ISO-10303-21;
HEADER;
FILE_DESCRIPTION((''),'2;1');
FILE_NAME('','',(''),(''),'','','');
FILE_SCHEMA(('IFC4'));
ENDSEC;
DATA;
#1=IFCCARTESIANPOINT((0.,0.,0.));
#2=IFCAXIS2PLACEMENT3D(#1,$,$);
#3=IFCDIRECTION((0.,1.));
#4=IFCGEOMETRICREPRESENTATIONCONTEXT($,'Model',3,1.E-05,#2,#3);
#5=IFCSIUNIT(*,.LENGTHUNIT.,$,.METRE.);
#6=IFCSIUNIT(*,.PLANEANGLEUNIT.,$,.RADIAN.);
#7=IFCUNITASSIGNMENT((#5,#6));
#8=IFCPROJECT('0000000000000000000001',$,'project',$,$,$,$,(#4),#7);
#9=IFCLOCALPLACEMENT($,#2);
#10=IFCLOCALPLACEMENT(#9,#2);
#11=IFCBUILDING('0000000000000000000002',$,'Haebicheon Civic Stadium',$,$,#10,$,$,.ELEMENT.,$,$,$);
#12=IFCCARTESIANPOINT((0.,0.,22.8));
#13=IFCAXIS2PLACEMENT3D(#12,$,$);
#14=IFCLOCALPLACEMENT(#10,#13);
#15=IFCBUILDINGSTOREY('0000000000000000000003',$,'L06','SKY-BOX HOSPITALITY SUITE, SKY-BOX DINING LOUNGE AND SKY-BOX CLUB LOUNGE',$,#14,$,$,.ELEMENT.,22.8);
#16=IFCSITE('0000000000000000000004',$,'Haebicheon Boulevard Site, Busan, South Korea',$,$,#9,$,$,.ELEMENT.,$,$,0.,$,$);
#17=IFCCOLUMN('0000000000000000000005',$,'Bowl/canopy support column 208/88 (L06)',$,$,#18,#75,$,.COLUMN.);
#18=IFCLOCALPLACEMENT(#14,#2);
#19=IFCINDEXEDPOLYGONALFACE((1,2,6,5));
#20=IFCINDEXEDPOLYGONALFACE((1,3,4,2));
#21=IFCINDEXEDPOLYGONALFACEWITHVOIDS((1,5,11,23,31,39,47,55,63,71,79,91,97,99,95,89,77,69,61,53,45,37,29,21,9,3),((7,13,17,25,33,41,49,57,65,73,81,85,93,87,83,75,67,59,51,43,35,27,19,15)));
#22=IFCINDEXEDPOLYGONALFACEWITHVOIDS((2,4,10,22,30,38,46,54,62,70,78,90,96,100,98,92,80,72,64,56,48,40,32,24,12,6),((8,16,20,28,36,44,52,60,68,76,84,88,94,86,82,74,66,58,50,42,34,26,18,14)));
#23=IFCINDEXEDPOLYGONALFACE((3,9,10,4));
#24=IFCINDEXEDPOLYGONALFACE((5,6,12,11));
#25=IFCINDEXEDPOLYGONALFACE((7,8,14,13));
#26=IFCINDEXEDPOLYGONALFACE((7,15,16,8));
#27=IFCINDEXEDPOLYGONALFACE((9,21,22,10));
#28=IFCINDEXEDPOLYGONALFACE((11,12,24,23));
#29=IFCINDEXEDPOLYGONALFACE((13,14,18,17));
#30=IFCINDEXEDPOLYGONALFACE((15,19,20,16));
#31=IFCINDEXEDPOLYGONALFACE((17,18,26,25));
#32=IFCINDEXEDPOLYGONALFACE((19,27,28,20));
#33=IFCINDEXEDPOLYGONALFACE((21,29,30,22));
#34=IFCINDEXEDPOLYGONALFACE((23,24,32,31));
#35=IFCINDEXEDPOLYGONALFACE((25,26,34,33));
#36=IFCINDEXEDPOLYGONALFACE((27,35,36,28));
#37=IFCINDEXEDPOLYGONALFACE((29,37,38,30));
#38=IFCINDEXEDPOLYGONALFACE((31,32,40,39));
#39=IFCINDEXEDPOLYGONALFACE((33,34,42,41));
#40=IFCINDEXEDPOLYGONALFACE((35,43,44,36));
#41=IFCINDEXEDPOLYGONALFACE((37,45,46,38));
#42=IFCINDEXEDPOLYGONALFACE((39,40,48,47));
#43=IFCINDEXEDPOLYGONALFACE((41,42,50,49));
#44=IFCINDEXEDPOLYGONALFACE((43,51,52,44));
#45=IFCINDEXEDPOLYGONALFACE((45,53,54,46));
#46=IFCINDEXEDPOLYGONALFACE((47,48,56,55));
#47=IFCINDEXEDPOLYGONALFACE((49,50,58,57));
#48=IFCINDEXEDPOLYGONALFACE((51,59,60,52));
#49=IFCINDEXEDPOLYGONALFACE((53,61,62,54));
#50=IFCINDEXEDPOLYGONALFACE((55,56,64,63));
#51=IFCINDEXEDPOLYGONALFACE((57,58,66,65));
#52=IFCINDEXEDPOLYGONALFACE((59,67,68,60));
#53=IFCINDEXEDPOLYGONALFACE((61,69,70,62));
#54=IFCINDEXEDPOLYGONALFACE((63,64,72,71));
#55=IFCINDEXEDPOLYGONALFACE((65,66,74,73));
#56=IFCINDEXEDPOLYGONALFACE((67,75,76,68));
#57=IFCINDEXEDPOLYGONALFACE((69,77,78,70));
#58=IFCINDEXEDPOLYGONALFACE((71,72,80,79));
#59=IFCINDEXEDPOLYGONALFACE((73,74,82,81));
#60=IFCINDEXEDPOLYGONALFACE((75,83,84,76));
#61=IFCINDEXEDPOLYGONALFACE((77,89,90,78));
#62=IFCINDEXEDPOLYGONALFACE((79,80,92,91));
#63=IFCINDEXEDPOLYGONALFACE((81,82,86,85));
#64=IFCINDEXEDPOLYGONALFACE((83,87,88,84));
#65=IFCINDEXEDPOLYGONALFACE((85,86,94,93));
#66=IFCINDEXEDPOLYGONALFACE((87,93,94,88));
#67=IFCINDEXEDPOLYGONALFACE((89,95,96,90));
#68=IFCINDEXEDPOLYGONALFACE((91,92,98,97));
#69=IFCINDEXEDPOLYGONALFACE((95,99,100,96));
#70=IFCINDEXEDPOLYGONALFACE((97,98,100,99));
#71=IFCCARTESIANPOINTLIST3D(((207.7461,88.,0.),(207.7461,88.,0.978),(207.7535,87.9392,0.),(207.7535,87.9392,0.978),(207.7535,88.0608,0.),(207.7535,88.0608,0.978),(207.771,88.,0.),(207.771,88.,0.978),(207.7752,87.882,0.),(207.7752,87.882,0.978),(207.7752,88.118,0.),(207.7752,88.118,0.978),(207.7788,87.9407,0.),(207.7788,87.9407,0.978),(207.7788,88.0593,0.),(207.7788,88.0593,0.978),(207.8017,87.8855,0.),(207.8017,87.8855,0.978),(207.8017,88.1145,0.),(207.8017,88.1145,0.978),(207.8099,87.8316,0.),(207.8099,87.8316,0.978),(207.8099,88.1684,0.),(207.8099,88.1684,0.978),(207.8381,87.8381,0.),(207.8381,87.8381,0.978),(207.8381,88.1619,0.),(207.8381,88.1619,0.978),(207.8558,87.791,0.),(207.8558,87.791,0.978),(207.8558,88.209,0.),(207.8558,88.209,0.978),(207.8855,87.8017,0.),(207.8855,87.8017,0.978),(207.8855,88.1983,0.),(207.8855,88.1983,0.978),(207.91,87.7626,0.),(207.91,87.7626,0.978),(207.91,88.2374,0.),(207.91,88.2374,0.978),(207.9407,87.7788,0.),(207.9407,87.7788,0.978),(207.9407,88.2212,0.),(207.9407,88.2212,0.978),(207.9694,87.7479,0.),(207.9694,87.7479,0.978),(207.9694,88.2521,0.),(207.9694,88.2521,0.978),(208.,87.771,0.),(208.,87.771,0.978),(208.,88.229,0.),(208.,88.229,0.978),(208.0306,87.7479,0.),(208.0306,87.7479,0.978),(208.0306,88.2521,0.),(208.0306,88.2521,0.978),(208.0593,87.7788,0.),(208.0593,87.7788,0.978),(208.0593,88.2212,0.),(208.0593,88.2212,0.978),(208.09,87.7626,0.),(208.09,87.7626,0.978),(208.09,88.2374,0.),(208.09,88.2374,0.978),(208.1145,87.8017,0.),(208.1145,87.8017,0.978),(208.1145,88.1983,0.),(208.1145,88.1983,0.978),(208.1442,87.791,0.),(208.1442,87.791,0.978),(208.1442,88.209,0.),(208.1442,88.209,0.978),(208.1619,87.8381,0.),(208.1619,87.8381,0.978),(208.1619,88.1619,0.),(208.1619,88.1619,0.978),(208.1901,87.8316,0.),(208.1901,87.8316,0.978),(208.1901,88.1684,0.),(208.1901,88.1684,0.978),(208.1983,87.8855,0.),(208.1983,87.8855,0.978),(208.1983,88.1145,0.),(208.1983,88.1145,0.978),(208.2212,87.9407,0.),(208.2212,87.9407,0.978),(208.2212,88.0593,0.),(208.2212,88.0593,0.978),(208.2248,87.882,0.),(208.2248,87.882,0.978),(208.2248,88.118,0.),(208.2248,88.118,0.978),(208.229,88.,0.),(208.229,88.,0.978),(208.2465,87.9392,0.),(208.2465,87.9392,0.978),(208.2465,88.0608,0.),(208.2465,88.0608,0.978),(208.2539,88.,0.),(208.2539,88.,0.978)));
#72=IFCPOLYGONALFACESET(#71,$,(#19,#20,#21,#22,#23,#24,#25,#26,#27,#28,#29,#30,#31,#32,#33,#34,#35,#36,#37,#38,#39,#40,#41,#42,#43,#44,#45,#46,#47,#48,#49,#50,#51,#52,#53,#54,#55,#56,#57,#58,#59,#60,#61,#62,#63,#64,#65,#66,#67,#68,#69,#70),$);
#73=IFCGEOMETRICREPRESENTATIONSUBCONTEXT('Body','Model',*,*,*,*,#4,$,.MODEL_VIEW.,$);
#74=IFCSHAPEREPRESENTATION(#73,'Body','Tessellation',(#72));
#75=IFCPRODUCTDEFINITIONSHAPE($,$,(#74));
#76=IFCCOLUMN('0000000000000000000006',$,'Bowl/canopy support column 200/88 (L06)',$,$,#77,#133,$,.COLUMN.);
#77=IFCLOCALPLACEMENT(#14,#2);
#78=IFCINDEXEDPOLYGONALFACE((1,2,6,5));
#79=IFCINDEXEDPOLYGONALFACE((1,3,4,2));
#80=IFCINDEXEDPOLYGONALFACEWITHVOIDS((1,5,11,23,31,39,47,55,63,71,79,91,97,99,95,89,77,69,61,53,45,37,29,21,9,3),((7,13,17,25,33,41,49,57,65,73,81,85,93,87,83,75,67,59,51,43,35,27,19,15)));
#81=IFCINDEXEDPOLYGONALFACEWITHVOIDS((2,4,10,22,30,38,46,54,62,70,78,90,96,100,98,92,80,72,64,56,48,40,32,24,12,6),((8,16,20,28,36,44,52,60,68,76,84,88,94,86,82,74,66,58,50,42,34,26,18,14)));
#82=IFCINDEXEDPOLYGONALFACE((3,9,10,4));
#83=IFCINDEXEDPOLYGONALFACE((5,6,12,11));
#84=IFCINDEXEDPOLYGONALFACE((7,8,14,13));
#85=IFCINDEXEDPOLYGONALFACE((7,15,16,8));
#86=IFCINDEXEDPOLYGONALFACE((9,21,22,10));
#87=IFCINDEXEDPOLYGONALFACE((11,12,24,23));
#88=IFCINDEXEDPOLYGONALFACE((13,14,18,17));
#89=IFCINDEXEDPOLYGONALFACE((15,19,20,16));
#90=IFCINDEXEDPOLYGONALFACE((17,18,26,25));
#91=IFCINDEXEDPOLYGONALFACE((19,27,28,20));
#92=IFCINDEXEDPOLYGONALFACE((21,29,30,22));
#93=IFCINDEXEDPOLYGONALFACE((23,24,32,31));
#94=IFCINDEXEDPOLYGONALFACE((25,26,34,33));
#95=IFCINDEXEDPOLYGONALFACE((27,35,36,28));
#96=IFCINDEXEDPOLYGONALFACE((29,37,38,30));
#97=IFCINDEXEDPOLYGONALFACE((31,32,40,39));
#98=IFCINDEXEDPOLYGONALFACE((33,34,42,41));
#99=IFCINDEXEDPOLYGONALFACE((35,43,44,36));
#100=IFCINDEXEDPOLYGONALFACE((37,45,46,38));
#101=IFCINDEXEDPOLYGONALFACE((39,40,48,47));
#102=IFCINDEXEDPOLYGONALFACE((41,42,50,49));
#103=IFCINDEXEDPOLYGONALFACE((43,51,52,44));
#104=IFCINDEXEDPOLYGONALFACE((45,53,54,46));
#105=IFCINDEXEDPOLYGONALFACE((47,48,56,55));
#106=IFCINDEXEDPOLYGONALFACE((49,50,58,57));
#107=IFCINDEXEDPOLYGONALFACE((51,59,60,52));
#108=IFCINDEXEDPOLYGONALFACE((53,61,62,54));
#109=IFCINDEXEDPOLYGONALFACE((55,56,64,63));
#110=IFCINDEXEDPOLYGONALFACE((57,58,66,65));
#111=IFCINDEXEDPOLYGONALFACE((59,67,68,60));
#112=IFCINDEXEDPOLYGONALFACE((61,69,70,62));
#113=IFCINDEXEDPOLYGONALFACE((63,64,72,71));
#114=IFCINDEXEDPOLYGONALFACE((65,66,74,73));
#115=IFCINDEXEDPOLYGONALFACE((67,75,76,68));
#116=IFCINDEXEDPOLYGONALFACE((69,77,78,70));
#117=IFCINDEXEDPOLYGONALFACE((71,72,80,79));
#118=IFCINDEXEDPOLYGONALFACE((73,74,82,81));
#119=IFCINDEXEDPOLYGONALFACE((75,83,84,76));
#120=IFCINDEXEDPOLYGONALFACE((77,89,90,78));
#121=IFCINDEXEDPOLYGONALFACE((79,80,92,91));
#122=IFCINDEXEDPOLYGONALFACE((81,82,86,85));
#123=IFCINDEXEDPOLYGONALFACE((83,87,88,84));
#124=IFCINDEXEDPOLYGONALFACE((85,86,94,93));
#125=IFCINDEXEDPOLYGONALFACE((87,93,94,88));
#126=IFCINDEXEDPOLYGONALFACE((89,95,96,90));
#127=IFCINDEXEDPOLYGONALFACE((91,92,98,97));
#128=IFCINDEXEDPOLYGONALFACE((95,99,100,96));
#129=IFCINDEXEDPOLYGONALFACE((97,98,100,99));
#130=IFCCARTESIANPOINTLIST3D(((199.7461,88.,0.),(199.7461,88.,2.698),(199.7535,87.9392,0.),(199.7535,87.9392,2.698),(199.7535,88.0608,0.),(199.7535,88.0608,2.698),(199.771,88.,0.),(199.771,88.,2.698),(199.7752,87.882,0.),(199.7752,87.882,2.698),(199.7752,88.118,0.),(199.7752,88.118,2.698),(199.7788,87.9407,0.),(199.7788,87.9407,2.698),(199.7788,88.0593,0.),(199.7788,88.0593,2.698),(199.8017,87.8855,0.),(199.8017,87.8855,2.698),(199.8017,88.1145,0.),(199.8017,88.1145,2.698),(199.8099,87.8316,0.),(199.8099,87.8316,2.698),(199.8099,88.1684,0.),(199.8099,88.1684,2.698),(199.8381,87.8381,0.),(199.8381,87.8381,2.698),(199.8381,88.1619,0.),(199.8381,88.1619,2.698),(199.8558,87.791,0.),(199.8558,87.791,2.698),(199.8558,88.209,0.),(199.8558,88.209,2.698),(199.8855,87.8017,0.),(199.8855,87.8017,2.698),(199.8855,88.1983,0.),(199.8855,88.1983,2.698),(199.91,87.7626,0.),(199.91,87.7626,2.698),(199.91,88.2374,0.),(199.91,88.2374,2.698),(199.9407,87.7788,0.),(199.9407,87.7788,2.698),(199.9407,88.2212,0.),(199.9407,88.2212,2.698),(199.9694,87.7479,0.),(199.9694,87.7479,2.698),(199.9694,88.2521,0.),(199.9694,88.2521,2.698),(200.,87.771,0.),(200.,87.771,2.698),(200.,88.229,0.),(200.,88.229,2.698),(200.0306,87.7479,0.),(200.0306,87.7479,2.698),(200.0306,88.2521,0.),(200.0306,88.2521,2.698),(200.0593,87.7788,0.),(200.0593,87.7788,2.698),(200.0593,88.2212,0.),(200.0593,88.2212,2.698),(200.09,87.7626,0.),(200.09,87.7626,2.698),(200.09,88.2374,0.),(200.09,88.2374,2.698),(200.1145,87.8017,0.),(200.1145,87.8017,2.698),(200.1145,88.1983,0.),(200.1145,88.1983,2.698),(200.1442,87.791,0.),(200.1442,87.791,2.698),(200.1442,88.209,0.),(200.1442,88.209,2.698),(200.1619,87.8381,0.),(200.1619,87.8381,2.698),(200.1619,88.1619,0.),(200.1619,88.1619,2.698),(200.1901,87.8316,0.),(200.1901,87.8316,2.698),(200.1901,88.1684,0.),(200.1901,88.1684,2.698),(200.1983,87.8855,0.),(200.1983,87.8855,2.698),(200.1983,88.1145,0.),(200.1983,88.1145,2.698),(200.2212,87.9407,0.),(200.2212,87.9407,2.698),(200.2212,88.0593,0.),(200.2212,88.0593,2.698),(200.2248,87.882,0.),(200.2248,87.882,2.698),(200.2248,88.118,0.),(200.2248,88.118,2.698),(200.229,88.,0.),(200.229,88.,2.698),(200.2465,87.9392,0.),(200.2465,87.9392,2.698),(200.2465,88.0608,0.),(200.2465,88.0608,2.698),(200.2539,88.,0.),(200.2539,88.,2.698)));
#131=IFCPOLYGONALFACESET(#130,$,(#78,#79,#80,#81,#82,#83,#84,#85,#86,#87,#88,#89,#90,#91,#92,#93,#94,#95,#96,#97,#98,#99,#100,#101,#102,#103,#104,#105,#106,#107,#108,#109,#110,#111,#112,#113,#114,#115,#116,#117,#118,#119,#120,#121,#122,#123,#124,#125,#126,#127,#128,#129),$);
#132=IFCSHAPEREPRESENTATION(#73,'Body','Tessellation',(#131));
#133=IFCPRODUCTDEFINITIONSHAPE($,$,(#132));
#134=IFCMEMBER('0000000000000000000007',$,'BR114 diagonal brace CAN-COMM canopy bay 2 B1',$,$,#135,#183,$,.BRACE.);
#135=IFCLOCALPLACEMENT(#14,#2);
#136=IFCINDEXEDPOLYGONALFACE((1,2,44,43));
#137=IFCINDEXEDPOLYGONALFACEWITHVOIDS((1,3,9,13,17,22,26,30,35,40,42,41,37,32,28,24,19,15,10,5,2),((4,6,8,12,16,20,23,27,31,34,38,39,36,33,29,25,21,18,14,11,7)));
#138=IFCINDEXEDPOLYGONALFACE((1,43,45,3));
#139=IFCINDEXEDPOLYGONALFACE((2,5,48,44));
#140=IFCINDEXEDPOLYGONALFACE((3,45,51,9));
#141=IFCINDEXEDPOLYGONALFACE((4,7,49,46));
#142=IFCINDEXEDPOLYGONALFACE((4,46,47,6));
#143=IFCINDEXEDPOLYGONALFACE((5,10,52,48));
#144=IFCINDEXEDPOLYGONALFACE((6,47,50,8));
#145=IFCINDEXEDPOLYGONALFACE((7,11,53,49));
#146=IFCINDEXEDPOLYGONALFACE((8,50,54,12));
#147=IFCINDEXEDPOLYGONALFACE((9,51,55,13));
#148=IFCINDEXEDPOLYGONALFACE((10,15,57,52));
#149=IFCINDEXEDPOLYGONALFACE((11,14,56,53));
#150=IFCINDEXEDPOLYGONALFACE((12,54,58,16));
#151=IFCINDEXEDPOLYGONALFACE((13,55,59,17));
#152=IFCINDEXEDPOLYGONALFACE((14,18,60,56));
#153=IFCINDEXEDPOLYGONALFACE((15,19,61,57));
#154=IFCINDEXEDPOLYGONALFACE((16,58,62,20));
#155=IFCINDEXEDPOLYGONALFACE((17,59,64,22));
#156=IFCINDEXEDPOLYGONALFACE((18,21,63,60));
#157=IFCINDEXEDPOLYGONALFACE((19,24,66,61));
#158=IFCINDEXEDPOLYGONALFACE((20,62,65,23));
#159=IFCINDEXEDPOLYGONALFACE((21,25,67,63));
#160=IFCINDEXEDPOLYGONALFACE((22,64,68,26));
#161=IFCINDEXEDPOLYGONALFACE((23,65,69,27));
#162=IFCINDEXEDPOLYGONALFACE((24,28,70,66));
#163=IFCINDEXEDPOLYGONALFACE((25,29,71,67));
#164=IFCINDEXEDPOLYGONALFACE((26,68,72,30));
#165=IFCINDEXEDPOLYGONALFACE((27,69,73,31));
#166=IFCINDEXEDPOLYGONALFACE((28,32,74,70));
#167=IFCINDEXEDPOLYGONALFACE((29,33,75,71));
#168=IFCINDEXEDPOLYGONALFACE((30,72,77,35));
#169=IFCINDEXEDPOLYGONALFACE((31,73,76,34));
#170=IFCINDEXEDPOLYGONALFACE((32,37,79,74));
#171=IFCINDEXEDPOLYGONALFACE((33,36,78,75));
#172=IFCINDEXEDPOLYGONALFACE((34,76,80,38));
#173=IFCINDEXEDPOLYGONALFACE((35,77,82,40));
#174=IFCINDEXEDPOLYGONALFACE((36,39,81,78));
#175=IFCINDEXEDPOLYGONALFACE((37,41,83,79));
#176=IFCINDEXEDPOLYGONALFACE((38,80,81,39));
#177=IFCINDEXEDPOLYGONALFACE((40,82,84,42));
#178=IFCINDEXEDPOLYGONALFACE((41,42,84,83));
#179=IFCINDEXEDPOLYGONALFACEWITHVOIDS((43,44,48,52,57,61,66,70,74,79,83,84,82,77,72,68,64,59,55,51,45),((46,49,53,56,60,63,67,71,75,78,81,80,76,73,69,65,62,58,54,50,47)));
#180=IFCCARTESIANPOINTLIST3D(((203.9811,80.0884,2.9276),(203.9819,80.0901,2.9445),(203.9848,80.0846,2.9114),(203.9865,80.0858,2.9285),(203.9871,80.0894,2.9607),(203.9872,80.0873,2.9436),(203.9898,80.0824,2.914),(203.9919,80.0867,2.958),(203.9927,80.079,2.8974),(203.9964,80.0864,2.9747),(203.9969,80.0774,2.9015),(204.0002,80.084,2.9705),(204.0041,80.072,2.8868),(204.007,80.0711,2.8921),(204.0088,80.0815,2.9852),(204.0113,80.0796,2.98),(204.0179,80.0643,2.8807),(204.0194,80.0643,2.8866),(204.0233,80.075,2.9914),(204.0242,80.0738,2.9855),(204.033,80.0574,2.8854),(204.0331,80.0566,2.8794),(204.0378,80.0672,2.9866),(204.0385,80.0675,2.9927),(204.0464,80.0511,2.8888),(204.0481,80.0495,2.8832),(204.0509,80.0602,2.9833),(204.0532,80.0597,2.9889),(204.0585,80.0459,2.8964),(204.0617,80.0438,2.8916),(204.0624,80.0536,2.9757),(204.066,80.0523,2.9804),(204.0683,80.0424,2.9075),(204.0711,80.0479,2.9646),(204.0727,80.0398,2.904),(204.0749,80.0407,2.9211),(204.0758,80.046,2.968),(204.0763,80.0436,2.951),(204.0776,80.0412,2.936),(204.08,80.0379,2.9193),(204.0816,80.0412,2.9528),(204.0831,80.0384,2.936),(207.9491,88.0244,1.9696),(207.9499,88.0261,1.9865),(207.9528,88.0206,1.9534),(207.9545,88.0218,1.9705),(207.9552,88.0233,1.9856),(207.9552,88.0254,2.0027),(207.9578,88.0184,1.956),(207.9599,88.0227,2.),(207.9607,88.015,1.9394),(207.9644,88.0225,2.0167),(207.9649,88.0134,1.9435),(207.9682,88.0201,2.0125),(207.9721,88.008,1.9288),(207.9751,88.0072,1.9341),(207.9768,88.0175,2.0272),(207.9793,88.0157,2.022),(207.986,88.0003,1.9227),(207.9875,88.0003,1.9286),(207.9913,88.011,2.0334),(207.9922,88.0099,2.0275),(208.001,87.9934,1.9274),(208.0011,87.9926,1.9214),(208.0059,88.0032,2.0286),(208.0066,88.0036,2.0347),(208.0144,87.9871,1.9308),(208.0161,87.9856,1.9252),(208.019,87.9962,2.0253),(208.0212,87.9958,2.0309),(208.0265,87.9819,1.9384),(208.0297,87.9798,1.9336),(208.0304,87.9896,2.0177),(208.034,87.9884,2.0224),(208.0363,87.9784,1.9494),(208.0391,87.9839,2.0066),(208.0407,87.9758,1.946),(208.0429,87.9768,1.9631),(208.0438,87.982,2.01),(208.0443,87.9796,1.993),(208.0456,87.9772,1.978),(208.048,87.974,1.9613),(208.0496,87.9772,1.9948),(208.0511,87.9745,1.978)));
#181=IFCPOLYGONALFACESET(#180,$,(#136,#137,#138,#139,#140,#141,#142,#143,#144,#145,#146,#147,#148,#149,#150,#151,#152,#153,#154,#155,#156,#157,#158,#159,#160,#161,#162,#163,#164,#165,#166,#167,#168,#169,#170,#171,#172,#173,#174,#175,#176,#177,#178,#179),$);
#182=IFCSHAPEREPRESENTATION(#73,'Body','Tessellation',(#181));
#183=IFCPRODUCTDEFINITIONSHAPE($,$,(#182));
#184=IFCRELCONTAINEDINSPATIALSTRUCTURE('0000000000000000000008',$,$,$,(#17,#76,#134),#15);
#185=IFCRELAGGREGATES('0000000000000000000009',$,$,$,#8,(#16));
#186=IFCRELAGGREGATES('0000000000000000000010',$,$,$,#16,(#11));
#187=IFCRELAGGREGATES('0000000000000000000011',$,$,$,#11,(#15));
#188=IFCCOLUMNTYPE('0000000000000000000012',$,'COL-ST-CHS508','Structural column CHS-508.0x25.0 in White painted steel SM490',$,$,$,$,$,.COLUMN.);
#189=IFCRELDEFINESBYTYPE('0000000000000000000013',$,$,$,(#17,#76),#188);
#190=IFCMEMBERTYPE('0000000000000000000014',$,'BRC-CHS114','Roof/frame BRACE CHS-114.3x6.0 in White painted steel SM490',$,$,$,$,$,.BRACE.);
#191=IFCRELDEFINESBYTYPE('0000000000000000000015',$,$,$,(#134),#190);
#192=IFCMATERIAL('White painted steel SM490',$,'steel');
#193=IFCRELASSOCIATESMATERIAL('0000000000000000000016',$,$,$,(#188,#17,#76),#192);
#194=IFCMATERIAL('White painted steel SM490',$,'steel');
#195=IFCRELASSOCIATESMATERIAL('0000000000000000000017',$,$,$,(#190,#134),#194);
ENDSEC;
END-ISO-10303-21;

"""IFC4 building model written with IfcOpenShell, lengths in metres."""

from ifc_helpers import new_model, si_unit, direction, frame, origin, origin_2d, place, context, subcontext, project, spatial, hollow_circle, extrude, material, material_profile, profile_set, type_object, element, save


model = new_model("IFC4")

# Units and contexts
model_context = context("Model", 3, precision=1e-05, world=origin(), true_north=direction((0.0, 1.0)))
body_context = subcontext(model_context, "Body", "Model", "MODEL_VIEW")
ifc_project = project(units=[si_unit("LENGTHUNIT", "METRE"), si_unit("PLANEANGLEUNIT", "RADIAN")], contexts=[model_context])

# Site, building, storey
site_placement = place(None, origin())
site = spatial("IfcSite", under=ifc_project, at=site_placement, Name="Haebicheon Boulevard Site, Busan, South Korea", CompositionType="ELEMENT", RefElevation=0.0)
building_placement = place(site_placement, origin())
building = spatial("IfcBuilding", under=site, at=building_placement, Name="Haebicheon Civic Stadium", CompositionType="ELEMENT")
storey_placement = place(building_placement, frame((0.0, 0.0, 22.8)))
storey = spatial("IfcBuildingStorey", under=building, at=storey_placement, Name="L06", Description="SKY-BOX HOSPITALITY SUITE, SKY-BOX DINING LOUNGE AND SKY-BOX CLUB LOUNGE", CompositionType="ELEMENT", Elevation=22.8)

# Columns
ifc_material_1 = material(Name="White painted steel SM490", Category="steel")
ifc_material_profile_1 = material_profile(ifc_material_1, hollow_circle(Radius=0.2539, WallThickness=0.0249, at=origin_2d()), Name="CHS-508.0x25.0")
ifc_profile_set_1 = profile_set([ifc_material_profile_1], Name="White painted steel SM490")
column_type = type_object("IfcColumnType", Name="COL-ST-CHS508", Description="Structural column CHS-508.0x25.0 in White painted steel SM490", PredefinedType="COLUMN", material=ifc_profile_set_1)
column_1_placement = place(storey_placement, frame((208.0, 88.0, 0.0), z_axis=(0.0, 0.0, 1.0), x_axis=(1.0, 0.0, 0.0)))
element("IfcColumn", 1, at=column_1_placement, inside=storey, type_object=column_type, material=ifc_profile_set_1, Name="Bowl/canopy support column 208/88 (L06)", PredefinedType="COLUMN", context=body_context, shape_type="SweptSolid", body=[
    extrude(hollow_circle(Radius=0.2539, WallThickness=0.0249, at=origin_2d()), origin(), (0.0, 0.0, 1.0), 0.978),
])
column_2_placement = place(storey_placement, frame((200.0, 88.0, 0.0), z_axis=(0.0, 0.0, 1.0), x_axis=(1.0, 0.0, 0.0)))
element("IfcColumn", 2, at=column_2_placement, inside=storey, type_object=column_type, material=ifc_profile_set_1, Name="Bowl/canopy support column 200/88 (L06)", PredefinedType="COLUMN", context=body_context, shape_type="SweptSolid", body=[
    extrude(hollow_circle(Radius=0.2539, WallThickness=0.0249, at=origin_2d()), origin(), (0.0, 0.0, 1.0), 2.698),
])

# Member
ifc_material_2 = material(Name="White painted steel SM490", Category="steel")
ifc_material_profile_2 = material_profile(ifc_material_2, hollow_circle(Radius=0.0571, WallThickness=0.0061, at=origin_2d()), Name="CHS-114.3x6.0")
ifc_profile_set_2 = profile_set([ifc_material_profile_2], Name="White painted steel SM490")
member_type_1 = type_object("IfcMemberType", Name="BRC-CHS114", Description="Roof/frame BRACE CHS-114.3x6.0 in White painted steel SM490", PredefinedType="BRACE", material=ifc_profile_set_2)
for number, where, z_axis, x_axis, name in (
    (3, (208.0, 88.0, 1.978), (-0.444629, -0.889259, 0.107348), (0.894427, -0.447214, 0.0), "BR114 diagonal brace CAN-COMM canopy bay 2 B1"),
):
    element("IfcMember", number, at=place(storey_placement, frame(where, z_axis=z_axis, x_axis=x_axis)), inside=storey, type_object=member_type_1, material=ifc_profile_set_2, Name=name, PredefinedType="BRACE", context=body_context, shape_type="SweptSolid", body=[
        extrude(hollow_circle(Radius=0.0571, WallThickness=0.0061, at=origin_2d()), origin(), (0.0, 0.0, 1.0), 8.9243),
    ])

save(model, "model.ifc")
